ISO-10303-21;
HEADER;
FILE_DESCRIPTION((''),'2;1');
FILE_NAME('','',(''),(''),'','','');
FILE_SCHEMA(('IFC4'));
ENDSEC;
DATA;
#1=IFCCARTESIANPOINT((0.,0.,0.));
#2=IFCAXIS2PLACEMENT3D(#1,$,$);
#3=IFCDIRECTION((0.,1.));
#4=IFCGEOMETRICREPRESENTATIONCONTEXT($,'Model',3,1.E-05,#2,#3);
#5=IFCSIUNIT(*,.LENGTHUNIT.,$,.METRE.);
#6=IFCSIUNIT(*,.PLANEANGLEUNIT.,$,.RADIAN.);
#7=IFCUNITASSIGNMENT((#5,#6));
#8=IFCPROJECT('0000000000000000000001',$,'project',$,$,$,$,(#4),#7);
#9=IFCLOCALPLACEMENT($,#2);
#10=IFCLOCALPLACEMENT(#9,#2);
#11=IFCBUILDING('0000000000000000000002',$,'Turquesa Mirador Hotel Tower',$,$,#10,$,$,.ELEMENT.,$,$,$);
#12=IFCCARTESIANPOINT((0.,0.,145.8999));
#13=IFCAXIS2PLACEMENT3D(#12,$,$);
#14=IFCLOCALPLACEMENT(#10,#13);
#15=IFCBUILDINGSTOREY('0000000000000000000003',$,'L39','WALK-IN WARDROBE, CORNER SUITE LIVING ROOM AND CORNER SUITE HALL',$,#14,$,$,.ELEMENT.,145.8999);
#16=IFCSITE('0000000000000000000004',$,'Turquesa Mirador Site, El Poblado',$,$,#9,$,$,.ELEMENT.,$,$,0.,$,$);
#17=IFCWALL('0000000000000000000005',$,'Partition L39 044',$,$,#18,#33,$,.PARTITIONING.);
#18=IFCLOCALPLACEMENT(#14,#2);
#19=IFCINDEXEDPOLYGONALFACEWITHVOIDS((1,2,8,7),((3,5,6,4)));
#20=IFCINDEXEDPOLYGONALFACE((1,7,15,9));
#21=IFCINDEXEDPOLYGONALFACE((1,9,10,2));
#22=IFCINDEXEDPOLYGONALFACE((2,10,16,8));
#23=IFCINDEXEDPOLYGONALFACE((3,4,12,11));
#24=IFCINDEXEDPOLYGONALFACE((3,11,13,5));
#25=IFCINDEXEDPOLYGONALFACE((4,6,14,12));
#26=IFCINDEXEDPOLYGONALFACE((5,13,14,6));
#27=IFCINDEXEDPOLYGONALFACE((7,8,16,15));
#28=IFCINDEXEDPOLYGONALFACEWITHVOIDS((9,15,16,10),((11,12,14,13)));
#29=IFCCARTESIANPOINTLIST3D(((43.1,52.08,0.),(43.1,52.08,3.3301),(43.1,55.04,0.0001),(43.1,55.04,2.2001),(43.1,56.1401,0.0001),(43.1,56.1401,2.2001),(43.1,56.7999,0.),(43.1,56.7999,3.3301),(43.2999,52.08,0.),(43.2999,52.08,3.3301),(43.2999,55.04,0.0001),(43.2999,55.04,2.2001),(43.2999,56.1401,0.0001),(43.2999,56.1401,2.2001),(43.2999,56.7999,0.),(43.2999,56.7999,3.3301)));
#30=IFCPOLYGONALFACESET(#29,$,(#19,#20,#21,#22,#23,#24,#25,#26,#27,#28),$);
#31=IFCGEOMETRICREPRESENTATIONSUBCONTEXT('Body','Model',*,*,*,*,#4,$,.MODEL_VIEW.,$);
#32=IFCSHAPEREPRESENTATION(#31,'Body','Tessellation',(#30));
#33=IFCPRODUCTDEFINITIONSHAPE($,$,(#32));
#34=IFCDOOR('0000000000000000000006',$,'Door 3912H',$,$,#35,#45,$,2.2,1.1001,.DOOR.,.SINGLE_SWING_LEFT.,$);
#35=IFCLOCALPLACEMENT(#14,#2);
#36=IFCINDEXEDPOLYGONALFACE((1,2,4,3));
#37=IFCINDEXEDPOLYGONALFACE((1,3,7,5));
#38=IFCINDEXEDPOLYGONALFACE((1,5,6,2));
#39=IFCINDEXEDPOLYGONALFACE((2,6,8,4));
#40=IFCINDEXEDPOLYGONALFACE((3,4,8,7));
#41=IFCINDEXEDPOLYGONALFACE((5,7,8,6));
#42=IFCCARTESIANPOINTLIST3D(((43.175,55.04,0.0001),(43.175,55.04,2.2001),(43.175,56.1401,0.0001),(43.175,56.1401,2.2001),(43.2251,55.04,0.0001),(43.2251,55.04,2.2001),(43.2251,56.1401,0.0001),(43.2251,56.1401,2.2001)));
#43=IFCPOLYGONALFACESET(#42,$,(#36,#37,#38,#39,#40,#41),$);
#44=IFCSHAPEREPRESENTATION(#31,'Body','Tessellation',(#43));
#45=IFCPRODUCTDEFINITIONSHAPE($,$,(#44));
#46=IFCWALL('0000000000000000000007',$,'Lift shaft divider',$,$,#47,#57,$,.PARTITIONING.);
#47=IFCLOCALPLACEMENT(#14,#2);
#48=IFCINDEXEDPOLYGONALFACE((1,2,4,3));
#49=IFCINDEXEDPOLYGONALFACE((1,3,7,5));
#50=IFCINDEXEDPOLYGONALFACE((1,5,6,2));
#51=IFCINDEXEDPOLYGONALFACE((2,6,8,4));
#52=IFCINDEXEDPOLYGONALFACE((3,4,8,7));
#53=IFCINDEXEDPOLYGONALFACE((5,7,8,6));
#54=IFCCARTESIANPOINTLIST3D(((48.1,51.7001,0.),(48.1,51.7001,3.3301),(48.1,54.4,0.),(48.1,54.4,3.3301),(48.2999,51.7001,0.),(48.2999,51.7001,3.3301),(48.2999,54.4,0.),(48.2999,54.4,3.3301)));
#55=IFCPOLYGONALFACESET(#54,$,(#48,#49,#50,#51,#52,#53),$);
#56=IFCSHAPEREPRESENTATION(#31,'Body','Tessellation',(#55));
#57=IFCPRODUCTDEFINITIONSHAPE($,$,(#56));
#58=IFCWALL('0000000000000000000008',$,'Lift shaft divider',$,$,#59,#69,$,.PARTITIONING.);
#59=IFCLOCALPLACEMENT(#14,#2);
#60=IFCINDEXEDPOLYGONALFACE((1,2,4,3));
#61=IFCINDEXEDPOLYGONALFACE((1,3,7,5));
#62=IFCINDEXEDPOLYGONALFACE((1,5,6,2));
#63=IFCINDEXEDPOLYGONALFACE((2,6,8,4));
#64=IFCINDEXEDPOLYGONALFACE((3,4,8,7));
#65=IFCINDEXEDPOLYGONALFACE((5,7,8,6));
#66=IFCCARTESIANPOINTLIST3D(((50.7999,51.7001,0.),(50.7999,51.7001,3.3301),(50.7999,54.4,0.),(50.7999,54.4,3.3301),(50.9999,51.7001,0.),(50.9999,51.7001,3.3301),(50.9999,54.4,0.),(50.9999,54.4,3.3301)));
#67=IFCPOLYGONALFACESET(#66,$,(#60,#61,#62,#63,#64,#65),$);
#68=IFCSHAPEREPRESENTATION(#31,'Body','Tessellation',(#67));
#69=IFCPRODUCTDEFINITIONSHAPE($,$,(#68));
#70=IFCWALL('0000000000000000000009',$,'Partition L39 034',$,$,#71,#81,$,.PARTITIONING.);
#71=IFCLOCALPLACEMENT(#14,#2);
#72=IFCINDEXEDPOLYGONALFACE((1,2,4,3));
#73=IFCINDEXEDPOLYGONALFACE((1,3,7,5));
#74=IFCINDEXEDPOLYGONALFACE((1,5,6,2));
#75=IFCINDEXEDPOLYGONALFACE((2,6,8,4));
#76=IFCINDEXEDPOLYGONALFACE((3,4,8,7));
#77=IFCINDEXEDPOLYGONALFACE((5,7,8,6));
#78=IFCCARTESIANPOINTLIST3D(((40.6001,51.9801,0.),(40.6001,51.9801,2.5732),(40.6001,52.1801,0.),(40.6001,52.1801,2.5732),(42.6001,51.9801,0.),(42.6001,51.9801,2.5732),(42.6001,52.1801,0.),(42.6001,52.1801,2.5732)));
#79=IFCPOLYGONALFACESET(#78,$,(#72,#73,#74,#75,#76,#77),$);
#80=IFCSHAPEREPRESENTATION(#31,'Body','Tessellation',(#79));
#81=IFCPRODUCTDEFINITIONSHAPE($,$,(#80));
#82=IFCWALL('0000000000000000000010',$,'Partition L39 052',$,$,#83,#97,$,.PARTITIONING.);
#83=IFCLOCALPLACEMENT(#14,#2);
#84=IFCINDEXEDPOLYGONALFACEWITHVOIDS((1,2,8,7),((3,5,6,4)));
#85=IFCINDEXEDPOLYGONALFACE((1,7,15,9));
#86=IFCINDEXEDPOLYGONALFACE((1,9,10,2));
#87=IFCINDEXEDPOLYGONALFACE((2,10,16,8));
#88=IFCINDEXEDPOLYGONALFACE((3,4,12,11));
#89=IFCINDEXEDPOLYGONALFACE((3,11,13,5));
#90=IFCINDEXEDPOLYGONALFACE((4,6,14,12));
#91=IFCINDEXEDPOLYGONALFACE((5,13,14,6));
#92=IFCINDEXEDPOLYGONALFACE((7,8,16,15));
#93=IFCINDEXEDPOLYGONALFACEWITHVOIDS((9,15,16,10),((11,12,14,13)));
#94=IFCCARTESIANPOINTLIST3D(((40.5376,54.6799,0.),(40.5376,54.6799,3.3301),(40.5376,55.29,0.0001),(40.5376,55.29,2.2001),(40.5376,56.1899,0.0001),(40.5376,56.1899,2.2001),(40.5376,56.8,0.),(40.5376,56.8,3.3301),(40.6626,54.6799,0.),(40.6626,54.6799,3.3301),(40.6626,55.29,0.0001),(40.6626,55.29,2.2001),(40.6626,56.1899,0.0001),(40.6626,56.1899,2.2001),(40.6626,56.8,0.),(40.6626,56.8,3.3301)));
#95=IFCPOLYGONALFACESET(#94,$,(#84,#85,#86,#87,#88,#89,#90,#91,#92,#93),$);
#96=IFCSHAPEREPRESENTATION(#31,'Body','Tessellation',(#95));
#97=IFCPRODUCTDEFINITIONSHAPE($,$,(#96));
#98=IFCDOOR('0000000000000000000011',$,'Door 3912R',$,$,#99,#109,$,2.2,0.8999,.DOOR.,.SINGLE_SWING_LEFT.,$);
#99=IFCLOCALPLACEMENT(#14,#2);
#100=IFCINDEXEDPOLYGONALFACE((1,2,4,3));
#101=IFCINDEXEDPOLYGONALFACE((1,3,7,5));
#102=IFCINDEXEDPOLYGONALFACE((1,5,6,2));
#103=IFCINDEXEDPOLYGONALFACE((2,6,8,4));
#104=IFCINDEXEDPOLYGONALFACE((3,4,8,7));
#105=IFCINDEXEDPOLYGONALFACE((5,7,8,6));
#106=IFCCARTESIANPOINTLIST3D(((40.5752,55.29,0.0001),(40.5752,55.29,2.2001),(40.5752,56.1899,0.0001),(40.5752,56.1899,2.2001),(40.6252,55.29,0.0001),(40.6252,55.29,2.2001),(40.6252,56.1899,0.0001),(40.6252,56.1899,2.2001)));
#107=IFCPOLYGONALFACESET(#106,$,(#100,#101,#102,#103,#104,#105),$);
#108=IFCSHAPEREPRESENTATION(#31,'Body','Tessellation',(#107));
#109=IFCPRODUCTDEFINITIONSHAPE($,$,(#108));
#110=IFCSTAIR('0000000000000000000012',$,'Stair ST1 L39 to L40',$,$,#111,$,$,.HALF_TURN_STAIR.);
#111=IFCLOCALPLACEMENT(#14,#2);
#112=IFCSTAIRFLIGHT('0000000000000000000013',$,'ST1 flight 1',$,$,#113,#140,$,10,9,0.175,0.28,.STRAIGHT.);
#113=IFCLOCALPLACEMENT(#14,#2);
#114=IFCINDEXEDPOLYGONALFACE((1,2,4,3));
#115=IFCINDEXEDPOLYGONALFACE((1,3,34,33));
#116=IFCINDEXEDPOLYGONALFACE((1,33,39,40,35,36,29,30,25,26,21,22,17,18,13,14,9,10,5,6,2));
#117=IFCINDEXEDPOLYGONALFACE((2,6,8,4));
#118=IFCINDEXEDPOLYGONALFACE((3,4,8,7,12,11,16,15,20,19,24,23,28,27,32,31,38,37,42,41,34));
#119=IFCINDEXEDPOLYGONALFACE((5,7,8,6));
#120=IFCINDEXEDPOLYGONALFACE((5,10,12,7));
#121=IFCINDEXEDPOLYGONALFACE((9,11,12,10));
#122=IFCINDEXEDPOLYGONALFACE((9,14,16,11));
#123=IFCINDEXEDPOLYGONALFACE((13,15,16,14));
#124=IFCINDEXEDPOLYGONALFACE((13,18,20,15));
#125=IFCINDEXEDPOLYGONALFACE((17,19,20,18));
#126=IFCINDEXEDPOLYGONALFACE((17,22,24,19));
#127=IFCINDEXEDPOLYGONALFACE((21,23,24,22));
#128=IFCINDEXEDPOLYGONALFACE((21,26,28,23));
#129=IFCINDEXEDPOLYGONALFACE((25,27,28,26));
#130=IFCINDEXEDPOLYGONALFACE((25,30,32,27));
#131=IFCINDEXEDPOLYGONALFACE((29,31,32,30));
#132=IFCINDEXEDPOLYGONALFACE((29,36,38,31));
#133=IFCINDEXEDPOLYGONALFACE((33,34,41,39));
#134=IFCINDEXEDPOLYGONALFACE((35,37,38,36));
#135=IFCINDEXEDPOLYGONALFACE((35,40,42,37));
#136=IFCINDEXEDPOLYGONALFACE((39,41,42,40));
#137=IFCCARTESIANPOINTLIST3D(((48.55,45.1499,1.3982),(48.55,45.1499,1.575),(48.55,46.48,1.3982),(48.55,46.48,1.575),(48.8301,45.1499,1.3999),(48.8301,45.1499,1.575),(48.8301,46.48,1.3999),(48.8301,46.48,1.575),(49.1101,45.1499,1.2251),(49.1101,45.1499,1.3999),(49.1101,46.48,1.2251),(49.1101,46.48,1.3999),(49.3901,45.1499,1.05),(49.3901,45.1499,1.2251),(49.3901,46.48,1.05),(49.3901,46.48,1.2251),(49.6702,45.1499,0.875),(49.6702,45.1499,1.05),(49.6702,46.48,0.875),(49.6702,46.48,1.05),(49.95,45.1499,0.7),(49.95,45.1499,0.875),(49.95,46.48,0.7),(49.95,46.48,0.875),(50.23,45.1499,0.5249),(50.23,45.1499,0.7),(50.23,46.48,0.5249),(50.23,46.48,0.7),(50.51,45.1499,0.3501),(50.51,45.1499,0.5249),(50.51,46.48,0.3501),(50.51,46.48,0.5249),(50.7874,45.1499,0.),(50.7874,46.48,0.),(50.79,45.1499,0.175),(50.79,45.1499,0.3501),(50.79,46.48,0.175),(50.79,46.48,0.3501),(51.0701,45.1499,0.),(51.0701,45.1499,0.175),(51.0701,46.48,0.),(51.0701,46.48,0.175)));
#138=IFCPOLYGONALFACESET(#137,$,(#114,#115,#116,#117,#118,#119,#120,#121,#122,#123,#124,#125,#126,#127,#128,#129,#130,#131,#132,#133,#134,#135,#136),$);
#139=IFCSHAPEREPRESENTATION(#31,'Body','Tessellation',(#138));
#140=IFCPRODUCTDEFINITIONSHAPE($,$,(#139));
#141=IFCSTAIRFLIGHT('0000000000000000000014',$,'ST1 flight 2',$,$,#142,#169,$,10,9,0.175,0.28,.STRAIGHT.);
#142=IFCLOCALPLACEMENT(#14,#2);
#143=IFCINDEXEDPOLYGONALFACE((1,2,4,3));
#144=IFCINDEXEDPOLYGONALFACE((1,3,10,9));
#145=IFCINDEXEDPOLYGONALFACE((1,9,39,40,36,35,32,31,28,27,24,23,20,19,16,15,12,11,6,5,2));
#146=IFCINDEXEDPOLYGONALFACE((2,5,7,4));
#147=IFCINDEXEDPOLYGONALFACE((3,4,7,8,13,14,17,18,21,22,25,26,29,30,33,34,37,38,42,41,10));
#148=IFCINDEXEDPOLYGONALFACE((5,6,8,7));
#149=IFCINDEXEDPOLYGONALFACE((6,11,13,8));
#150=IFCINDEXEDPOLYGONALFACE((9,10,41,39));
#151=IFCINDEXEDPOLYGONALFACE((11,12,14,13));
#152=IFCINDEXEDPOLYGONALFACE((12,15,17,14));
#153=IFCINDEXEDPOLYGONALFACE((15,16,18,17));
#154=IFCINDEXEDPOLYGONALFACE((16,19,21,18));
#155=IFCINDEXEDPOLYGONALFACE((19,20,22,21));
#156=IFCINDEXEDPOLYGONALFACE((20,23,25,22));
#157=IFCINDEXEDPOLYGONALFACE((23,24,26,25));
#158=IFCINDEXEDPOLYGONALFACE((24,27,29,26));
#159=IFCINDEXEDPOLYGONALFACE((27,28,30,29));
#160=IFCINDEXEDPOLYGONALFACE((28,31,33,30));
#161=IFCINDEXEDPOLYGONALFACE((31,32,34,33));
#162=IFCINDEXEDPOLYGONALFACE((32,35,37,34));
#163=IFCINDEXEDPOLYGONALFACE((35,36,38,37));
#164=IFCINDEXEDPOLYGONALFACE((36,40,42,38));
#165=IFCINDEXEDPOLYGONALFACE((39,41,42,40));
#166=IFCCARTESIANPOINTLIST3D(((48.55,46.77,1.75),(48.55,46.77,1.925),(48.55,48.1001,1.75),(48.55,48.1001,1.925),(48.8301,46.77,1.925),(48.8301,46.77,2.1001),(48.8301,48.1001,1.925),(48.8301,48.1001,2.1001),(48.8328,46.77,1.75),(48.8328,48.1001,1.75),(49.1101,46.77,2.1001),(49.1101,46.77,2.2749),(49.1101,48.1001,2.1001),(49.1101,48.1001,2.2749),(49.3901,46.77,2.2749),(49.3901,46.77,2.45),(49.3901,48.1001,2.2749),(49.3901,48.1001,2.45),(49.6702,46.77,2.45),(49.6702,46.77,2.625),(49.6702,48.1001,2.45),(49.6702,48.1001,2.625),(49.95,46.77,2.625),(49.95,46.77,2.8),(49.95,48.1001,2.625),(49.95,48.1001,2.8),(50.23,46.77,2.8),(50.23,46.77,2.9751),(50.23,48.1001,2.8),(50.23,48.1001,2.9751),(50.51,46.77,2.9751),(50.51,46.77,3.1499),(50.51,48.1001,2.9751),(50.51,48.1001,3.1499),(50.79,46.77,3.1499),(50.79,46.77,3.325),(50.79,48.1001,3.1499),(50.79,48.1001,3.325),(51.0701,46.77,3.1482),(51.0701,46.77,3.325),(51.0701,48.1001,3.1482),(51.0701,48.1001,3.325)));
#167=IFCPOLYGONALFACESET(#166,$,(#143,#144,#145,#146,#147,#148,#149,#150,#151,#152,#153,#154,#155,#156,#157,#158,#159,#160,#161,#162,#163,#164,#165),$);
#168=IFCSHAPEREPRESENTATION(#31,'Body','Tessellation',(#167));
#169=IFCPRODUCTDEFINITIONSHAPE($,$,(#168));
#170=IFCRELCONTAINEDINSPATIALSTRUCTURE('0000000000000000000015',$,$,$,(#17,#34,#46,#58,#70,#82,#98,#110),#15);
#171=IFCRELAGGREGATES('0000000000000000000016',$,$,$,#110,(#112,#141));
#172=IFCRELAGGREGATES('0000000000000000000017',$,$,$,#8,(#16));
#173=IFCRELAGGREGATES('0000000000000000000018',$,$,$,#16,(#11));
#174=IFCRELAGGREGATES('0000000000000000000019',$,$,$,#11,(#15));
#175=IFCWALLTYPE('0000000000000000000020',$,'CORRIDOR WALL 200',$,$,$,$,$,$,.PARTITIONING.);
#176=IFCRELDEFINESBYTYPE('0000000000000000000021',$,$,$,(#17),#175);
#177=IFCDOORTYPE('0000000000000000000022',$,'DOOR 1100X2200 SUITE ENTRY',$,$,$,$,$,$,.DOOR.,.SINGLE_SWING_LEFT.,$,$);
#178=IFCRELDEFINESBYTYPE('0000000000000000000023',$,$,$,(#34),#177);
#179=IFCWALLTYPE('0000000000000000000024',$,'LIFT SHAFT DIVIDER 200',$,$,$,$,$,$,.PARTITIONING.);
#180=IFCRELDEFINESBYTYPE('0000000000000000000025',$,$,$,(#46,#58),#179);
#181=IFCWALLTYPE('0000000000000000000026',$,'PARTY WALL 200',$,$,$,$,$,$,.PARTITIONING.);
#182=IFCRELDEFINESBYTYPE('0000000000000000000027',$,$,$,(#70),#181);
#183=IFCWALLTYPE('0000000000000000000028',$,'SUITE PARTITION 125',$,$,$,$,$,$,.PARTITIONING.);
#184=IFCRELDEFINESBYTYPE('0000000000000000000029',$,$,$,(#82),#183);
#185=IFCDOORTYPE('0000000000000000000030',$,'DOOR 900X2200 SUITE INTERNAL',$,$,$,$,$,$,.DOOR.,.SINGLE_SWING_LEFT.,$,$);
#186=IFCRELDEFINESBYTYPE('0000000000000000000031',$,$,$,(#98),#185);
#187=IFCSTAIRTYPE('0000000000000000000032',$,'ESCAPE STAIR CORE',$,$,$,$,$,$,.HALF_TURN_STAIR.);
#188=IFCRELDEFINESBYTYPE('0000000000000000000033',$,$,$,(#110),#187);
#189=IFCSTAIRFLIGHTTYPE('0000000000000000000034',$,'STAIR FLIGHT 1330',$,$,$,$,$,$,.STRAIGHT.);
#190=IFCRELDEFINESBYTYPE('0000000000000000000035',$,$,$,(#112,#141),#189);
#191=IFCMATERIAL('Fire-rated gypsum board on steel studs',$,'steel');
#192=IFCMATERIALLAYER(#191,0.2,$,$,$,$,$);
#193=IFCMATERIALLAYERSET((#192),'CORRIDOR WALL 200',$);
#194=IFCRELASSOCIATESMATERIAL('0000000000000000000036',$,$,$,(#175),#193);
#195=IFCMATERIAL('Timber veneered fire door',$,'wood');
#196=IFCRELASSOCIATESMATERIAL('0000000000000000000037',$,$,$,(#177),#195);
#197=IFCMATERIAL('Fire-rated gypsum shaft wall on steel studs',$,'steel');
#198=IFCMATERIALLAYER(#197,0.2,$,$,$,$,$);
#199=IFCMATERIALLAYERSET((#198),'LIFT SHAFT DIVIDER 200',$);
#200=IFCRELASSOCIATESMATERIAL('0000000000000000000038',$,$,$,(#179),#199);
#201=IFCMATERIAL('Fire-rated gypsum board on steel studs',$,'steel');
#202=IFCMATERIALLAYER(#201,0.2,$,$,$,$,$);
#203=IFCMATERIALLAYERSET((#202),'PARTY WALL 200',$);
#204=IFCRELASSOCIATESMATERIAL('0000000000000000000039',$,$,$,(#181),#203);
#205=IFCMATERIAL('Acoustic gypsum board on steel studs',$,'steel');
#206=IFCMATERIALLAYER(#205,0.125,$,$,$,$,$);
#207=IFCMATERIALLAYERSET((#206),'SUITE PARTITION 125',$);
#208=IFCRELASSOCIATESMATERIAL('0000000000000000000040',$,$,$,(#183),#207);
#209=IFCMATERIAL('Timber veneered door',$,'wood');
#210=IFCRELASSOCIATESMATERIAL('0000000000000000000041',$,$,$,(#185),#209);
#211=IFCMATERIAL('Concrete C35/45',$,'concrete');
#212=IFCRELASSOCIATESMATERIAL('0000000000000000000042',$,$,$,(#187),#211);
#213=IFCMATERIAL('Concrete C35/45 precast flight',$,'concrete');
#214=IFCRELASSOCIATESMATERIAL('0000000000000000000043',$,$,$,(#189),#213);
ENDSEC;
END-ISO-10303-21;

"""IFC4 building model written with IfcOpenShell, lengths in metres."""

from ifc_helpers import new_model, si_unit, direction, frame, frame_2d, origin, place, context, subcontext, project, spatial, polyline, rectangle, outline, extrude, material, layer, layer_set, type_object, element, fill, aggregate, save


model = new_model("IFC4")

# Units and contexts
model_context = context("Model", 3, precision=1e-05, world=origin(), true_north=direction((0.0, 1.0)))
body_context = subcontext(model_context, "Body", "Model", "MODEL_VIEW")
ifc_project = project(units=[si_unit("LENGTHUNIT", "METRE"), si_unit("PLANEANGLEUNIT", "RADIAN")], contexts=[model_context])

# Site, building, storey
site_placement = place(None, origin())
site = spatial("IfcSite", under=ifc_project, at=site_placement, Name="Turquesa Mirador Site, El Poblado", CompositionType="ELEMENT", RefElevation=0.0)
building_placement = place(site_placement, origin())
building = spatial("IfcBuilding", under=site, at=building_placement, Name="Turquesa Mirador Hotel Tower", CompositionType="ELEMENT")
storey_placement = place(building_placement, frame((0.0, 0.0, 145.8999)))
storey = spatial("IfcBuildingStorey", under=building, at=storey_placement, Name="L39", Description="WALK-IN WARDROBE, CORNER SUITE LIVING ROOM AND CORNER SUITE HALL", CompositionType="ELEMENT", Elevation=145.8999)

# Shared definitions
ifc_material_1 = material(Name="Fire-rated gypsum board on steel studs", Category="steel")
ifc_layer_1 = layer(ifc_material_1, 0.2)
ifc_layer_set_1 = layer_set([ifc_layer_1], Name="CORRIDOR WALL 200")
wall_type_1 = type_object("IfcWallType", Name="CORRIDOR WALL 200", PredefinedType="PARTITIONING", material=ifc_layer_set_1)

# Wall, opening, door
wall_1_placement = place(storey_placement, frame((43.2, 52.0801, 0.0), z_axis=(0.0, 0.0, 1.0), x_axis=(0.0, 1.0, 0.0)))
wall_1 = element("IfcWall", 1, at=wall_1_placement, inside=storey, type_object=wall_type_1, Name="Partition L39 044", PredefinedType="PARTITIONING", context=body_context, shape_type="SweptSolid", body=[
    extrude(rectangle(XDim=4.72, YDim=0.2, at=frame_2d((2.3599, 0.0))), origin(), (0.0, 0.0, 1.0), 3.3301),
])
opening_1_placement = place(wall_1_placement, frame((2.96, 0.0, 0.0)))
opening_1 = element("IfcOpeningElement", 2, at=opening_1_placement, cuts=wall_1, PredefinedType="OPENING", context=body_context, shape_type="SweptSolid", body=[
    extrude(rectangle(XDim=1.1001, YDim=2.2, at=frame_2d((0.55, 1.1001))), frame((0.0, 0.1099, 0.0), z_axis=(0.0, -1.0, 0.0), x_axis=(1.0, 0.0, 0.0)), (0.0, 0.0, 1.0), 0.22),
])
ifc_material_2 = material(Name="Timber veneered fire door", Category="wood")
door_type_1 = type_object("IfcDoorType", Name="DOOR 1100X2200 SUITE ENTRY", OperationType="SINGLE_SWING_LEFT", PredefinedType="DOOR", material=ifc_material_2)
door_1_placement = place(opening_1_placement, origin())
door_1 = element("IfcDoor", 3, at=door_1_placement, inside=storey, type_object=door_type_1, Name="Door 3912H", OperationType="SINGLE_SWING_LEFT", OverallHeight=2.2, OverallWidth=1.1001, PredefinedType="DOOR", context=body_context, shape_type="SweptSolid", body=[
    extrude(rectangle(XDim=1.1001, YDim=2.2, at=frame_2d((0.55, 1.1001))), frame((0.0, 0.0249, 0.0), z_axis=(0.0, -1.0, 0.0), x_axis=(1.0, 0.0, 0.0)), (0.0, 0.0, 1.0), 0.05),
])
fill(opening_1, door_1)

# Walls
ifc_material_3 = material(Name="Fire-rated gypsum shaft wall on steel studs", Category="steel")
ifc_layer_2 = layer(ifc_material_3, 0.2)
ifc_layer_set_2 = layer_set([ifc_layer_2], Name="LIFT SHAFT DIVIDER 200")
wall_type_2 = type_object("IfcWallType", Name="LIFT SHAFT DIVIDER 200", PredefinedType="PARTITIONING", material=ifc_layer_set_2)
for number, where, z_axis, x_axis, name in (
    (4, (48.2, 51.7, 0.0), (0.0, 0.0, 1.0), (0.0, 1.0, 0.0), "Lift shaft divider"),
    (5, (50.8999, 51.7, 0.0), (0.0, 0.0, 1.0), (0.0, 1.0, 0.0), "Lift shaft divider"),
):
    element("IfcWall", number, at=place(storey_placement, frame(where, z_axis=z_axis, x_axis=x_axis)), inside=storey, type_object=wall_type_2, Name=name, PredefinedType="PARTITIONING", context=body_context, shape_type="SweptSolid", body=[
        extrude(rectangle(XDim=2.7, YDim=0.2, at=frame_2d((1.3501, 0.0))), origin(), (0.0, 0.0, 1.0), 3.3301),
    ])
ifc_material_4 = material(Name="Fire-rated gypsum board on steel studs", Category="steel")
ifc_layer_3 = layer(ifc_material_4, 0.2)
ifc_layer_set_3 = layer_set([ifc_layer_3], Name="PARTY WALL 200")
wall_type_3 = type_object("IfcWallType", Name="PARTY WALL 200", PredefinedType="PARTITIONING", material=ifc_layer_set_3)
wall_2_placement = place(storey_placement, frame((40.6001, 52.0801, 0.0), z_axis=(0.0, 0.0, 1.0), x_axis=(1.0, 0.0, 0.0)))
element("IfcWall", 6, at=wall_2_placement, inside=storey, type_object=wall_type_3, Name="Partition L39 034", PredefinedType="PARTITIONING", context=body_context, shape_type="SweptSolid", body=[
    extrude(rectangle(XDim=2.0, YDim=0.2, at=frame_2d((1.0, 0.0))), origin(), (0.0, 0.0, 1.0), 2.5732),
])

# Wall, opening, door
ifc_material_5 = material(Name="Acoustic gypsum board on steel studs", Category="steel")
ifc_layer_4 = layer(ifc_material_5, 0.125)
ifc_layer_set_4 = layer_set([ifc_layer_4], Name="SUITE PARTITION 125")
wall_type_4 = type_object("IfcWallType", Name="SUITE PARTITION 125", PredefinedType="PARTITIONING", material=ifc_layer_set_4)
wall_3_placement = place(storey_placement, frame((40.6001, 54.6799, 0.0), z_axis=(0.0, 0.0, 1.0), x_axis=(0.0, 1.0, 0.0)))
wall_3 = element("IfcWall", 7, at=wall_3_placement, inside=storey, type_object=wall_type_4, Name="Partition L39 052", PredefinedType="PARTITIONING", context=body_context, shape_type="SweptSolid", body=[
    extrude(rectangle(XDim=2.1201, YDim=0.125, at=frame_2d((1.0601, 0.0))), origin(), (0.0, 0.0, 1.0), 3.3301),
])
opening_2_placement = place(wall_3_placement, frame((0.6101, 0.0, 0.0)))
opening_2 = element("IfcOpeningElement", 8, at=opening_2_placement, cuts=wall_3, PredefinedType="OPENING", context=body_context, shape_type="SweptSolid", body=[
    extrude(rectangle(XDim=0.8999, YDim=2.2, at=frame_2d((0.45, 1.1001))), frame((0.0, 0.0725, 0.0), z_axis=(0.0, -1.0, 0.0), x_axis=(1.0, 0.0, 0.0)), (0.0, 0.0, 1.0), 0.145),
])
ifc_material_6 = material(Name="Timber veneered door", Category="wood")
door_type_2 = type_object("IfcDoorType", Name="DOOR 900X2200 SUITE INTERNAL", OperationType="SINGLE_SWING_LEFT", PredefinedType="DOOR", material=ifc_material_6)
door_2_placement = place(opening_2_placement, origin())
door_2 = element("IfcDoor", 9, at=door_2_placement, inside=storey, type_object=door_type_2, Name="Door 3912R", OperationType="SINGLE_SWING_LEFT", OverallHeight=2.2, OverallWidth=0.8999, PredefinedType="DOOR", context=body_context, shape_type="SweptSolid", body=[
    extrude(rectangle(XDim=0.8999, YDim=2.2, at=frame_2d((0.45, 1.1001))), frame((0.0, 0.0249, 0.0), z_axis=(0.0, -1.0, 0.0), x_axis=(1.0, 0.0, 0.0)), (0.0, 0.0, 1.0), 0.05),
])
fill(opening_2, door_2)

# Stair, stair flights
ifc_material_7 = material(Name="Concrete C35/45", Category="concrete")
stair_type = type_object("IfcStairType", Name="ESCAPE STAIR CORE", PredefinedType="HALF_TURN_STAIR", material=ifc_material_7)
stair_1_placement = place(storey_placement, origin())
stair_1 = element("IfcStair", 10, at=stair_1_placement, inside=storey, type_object=stair_type, Name="Stair ST1 L39 to L40", PredefinedType="HALF_TURN_STAIR")
ifc_material_8 = material(Name="Concrete C35/45 precast flight", Category="concrete")
stair_flight_type = type_object("IfcStairFlightType", Name="STAIR FLIGHT 1330", PredefinedType="STRAIGHT", material=ifc_material_8)
stair_flight_1_placement = place(storey_placement, frame((51.0701, 45.8149, 0.0), z_axis=(0.0, 0.0, 1.0), x_axis=(-1.0, 0.0, 0.0)))
stair_flight_1 = element("IfcStairFlight", 11, at=stair_flight_1_placement, type_object=stair_flight_type, Name="ST1 flight 1", NumberOfRisers=10, NumberOfTreads=9, PredefinedType="STRAIGHT", RiserHeight=0.175, TreadLength=0.28, context=body_context, shape_type="SweptSolid", body=[
    extrude(outline(polyline([(0.0, 0.0), (0.0, 0.175), (0.28, 0.175), (0.28, 0.3501), (0.5601, 0.3501), (0.5601, 0.5249), (0.8401, 0.5249), (0.8401, 0.7), (1.1201, 0.7), (1.1201, 0.875), (1.3999, 0.875), (1.3999, 1.05), (1.6799, 1.05), (1.6799, 1.2251), (1.96, 1.2251), (1.96, 1.3999), (2.24, 1.3999), (2.24, 1.575), (2.52, 1.575), (2.52, 1.75), (2.52, 1.3982), (0.2827, 0.0), (0.0, 0.0)])), frame((0.0, 0.665, 0.0), z_axis=(0.0, -1.0, 0.0), x_axis=(1.0, 0.0, 0.0)), (0.0, 0.0, 1.0), 1.3301),
])
stair_flight_2_placement = place(storey_placement, frame((48.55, 47.4351, 1.75), z_axis=(0.0, 0.0, 1.0), x_axis=(1.0, 0.0, 0.0)))
stair_flight_2 = element("IfcStairFlight", 12, at=stair_flight_2_placement, type_object=stair_flight_type, Name="ST1 flight 2", NumberOfRisers=10, NumberOfTreads=9, PredefinedType="STRAIGHT", RiserHeight=0.175, TreadLength=0.28, context=body_context, shape_type="SweptSolid", body=[
    extrude(outline(polyline([(0.0, 0.0), (0.0, 0.175), (0.28, 0.175), (0.28, 0.3501), (0.5601, 0.3501), (0.5601, 0.5249), (0.8401, 0.5249), (0.8401, 0.7), (1.1201, 0.7), (1.1201, 0.875), (1.3999, 0.875), (1.3999, 1.05), (1.6799, 1.05), (1.6799, 1.2251), (1.96, 1.2251), (1.96, 1.3999), (2.24, 1.3999), (2.24, 1.575), (2.52, 1.575), (2.52, 1.75), (2.52, 1.3982), (0.2827, 0.0), (0.0, 0.0)])), frame((0.0, 0.665, 0.0), z_axis=(0.0, -1.0, 0.0), x_axis=(1.0, 0.0, 0.0)), (0.0, 0.0, 1.0), 1.3301),
])
aggregate(stair_1, [stair_flight_1, stair_flight_2])

save(model, "model.ifc")
